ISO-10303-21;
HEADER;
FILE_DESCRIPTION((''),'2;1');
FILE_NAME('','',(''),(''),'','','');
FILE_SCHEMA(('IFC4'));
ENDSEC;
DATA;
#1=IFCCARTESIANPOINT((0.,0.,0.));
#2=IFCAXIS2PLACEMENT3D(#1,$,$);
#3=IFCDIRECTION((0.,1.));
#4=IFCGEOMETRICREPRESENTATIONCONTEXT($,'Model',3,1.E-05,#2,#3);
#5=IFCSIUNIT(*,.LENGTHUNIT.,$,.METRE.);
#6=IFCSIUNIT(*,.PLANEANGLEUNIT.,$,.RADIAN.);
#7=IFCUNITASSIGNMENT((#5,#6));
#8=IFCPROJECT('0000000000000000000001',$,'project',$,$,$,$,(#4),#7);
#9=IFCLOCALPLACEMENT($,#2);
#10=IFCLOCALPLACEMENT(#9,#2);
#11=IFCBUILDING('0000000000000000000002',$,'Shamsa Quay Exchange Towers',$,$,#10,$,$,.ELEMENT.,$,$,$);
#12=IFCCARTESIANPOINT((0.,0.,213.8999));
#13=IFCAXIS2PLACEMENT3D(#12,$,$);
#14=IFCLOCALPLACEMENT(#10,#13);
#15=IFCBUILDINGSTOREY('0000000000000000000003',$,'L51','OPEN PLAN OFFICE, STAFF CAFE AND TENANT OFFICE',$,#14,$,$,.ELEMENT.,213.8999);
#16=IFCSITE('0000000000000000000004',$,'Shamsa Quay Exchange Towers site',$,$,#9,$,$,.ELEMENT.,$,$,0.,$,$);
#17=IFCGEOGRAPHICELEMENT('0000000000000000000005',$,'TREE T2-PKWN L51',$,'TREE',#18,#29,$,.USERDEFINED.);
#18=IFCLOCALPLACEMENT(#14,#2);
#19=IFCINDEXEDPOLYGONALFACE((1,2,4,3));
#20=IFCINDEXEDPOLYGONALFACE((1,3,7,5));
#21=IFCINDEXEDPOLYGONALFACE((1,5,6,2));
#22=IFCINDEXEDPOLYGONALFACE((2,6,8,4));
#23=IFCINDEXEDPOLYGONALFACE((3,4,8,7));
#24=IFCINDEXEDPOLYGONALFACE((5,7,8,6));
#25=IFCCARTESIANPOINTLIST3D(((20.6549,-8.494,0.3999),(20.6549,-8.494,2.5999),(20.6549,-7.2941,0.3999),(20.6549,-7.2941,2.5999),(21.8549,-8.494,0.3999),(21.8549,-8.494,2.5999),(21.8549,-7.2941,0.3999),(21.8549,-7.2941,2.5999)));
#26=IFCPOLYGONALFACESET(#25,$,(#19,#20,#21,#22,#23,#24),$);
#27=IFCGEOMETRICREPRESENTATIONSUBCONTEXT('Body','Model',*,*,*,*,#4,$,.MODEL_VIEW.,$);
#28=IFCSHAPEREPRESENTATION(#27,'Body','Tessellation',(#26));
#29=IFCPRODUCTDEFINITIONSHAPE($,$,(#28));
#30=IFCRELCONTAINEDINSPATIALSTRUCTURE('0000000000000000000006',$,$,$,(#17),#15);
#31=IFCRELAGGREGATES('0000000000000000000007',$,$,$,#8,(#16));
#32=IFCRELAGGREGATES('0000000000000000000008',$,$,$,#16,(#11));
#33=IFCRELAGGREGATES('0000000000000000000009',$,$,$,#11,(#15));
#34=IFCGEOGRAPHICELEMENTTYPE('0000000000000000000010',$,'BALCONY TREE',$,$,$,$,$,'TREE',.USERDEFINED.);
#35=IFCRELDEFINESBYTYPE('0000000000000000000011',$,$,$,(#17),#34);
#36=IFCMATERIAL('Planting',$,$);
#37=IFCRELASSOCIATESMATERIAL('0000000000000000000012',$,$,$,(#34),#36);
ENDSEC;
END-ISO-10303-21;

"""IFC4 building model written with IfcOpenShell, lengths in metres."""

from ifc_helpers import new_model, si_unit, direction, frame, origin, origin_2d, place, context, subcontext, project, spatial, rectangle, extrude, material, type_object, element, save


model = new_model("IFC4")

# Units and contexts
model_context = context("Model", 3, precision=1e-05, world=origin(), true_north=direction((0.0, 1.0)))
body_context = subcontext(model_context, "Body", "Model", "MODEL_VIEW")
ifc_project = project(units=[si_unit("LENGTHUNIT", "METRE"), si_unit("PLANEANGLEUNIT", "RADIAN")], contexts=[model_context])

# Site, building, storey
site_placement = place(None, origin())
site = spatial("IfcSite", under=ifc_project, at=site_placement, Name="Shamsa Quay Exchange Towers site", CompositionType="ELEMENT", RefElevation=0.0)
building_placement = place(site_placement, origin())
building = spatial("IfcBuilding", under=site, at=building_placement, Name="Shamsa Quay Exchange Towers", CompositionType="ELEMENT")
storey_placement = place(building_placement, frame((0.0, 0.0, 213.8999)))
storey = spatial("IfcBuildingStorey", under=building, at=storey_placement, Name="L51", Description="OPEN PLAN OFFICE, STAFF CAFE AND TENANT OFFICE", CompositionType="ELEMENT", Elevation=213.8999)

# Geographic element
ifc_material_1 = material(Name="Planting")
geographic_element_type = type_object("IfcGeographicElementType", Name="BALCONY TREE", ElementType="TREE", PredefinedType="USERDEFINED", material=ifc_material_1)
geographic_element_placement = place(storey_placement, frame((21.2549, -7.894, 0.3999), z_axis=(0.0, 0.0, 1.0), x_axis=(0.0, -1.0, 0.0)))
element("IfcGeographicElement", 1, at=geographic_element_placement, inside=storey, type_object=geographic_element_type, Name="TREE T2-PKWN L51", ObjectType="TREE", PredefinedType="USERDEFINED", context=body_context, shape_type="SweptSolid", body=[
    extrude(rectangle(XDim=1.2, YDim=1.2, at=origin_2d()), origin(), (0.0, 0.0, 1.0), 2.2),
])

save(model, "model.ifc")
